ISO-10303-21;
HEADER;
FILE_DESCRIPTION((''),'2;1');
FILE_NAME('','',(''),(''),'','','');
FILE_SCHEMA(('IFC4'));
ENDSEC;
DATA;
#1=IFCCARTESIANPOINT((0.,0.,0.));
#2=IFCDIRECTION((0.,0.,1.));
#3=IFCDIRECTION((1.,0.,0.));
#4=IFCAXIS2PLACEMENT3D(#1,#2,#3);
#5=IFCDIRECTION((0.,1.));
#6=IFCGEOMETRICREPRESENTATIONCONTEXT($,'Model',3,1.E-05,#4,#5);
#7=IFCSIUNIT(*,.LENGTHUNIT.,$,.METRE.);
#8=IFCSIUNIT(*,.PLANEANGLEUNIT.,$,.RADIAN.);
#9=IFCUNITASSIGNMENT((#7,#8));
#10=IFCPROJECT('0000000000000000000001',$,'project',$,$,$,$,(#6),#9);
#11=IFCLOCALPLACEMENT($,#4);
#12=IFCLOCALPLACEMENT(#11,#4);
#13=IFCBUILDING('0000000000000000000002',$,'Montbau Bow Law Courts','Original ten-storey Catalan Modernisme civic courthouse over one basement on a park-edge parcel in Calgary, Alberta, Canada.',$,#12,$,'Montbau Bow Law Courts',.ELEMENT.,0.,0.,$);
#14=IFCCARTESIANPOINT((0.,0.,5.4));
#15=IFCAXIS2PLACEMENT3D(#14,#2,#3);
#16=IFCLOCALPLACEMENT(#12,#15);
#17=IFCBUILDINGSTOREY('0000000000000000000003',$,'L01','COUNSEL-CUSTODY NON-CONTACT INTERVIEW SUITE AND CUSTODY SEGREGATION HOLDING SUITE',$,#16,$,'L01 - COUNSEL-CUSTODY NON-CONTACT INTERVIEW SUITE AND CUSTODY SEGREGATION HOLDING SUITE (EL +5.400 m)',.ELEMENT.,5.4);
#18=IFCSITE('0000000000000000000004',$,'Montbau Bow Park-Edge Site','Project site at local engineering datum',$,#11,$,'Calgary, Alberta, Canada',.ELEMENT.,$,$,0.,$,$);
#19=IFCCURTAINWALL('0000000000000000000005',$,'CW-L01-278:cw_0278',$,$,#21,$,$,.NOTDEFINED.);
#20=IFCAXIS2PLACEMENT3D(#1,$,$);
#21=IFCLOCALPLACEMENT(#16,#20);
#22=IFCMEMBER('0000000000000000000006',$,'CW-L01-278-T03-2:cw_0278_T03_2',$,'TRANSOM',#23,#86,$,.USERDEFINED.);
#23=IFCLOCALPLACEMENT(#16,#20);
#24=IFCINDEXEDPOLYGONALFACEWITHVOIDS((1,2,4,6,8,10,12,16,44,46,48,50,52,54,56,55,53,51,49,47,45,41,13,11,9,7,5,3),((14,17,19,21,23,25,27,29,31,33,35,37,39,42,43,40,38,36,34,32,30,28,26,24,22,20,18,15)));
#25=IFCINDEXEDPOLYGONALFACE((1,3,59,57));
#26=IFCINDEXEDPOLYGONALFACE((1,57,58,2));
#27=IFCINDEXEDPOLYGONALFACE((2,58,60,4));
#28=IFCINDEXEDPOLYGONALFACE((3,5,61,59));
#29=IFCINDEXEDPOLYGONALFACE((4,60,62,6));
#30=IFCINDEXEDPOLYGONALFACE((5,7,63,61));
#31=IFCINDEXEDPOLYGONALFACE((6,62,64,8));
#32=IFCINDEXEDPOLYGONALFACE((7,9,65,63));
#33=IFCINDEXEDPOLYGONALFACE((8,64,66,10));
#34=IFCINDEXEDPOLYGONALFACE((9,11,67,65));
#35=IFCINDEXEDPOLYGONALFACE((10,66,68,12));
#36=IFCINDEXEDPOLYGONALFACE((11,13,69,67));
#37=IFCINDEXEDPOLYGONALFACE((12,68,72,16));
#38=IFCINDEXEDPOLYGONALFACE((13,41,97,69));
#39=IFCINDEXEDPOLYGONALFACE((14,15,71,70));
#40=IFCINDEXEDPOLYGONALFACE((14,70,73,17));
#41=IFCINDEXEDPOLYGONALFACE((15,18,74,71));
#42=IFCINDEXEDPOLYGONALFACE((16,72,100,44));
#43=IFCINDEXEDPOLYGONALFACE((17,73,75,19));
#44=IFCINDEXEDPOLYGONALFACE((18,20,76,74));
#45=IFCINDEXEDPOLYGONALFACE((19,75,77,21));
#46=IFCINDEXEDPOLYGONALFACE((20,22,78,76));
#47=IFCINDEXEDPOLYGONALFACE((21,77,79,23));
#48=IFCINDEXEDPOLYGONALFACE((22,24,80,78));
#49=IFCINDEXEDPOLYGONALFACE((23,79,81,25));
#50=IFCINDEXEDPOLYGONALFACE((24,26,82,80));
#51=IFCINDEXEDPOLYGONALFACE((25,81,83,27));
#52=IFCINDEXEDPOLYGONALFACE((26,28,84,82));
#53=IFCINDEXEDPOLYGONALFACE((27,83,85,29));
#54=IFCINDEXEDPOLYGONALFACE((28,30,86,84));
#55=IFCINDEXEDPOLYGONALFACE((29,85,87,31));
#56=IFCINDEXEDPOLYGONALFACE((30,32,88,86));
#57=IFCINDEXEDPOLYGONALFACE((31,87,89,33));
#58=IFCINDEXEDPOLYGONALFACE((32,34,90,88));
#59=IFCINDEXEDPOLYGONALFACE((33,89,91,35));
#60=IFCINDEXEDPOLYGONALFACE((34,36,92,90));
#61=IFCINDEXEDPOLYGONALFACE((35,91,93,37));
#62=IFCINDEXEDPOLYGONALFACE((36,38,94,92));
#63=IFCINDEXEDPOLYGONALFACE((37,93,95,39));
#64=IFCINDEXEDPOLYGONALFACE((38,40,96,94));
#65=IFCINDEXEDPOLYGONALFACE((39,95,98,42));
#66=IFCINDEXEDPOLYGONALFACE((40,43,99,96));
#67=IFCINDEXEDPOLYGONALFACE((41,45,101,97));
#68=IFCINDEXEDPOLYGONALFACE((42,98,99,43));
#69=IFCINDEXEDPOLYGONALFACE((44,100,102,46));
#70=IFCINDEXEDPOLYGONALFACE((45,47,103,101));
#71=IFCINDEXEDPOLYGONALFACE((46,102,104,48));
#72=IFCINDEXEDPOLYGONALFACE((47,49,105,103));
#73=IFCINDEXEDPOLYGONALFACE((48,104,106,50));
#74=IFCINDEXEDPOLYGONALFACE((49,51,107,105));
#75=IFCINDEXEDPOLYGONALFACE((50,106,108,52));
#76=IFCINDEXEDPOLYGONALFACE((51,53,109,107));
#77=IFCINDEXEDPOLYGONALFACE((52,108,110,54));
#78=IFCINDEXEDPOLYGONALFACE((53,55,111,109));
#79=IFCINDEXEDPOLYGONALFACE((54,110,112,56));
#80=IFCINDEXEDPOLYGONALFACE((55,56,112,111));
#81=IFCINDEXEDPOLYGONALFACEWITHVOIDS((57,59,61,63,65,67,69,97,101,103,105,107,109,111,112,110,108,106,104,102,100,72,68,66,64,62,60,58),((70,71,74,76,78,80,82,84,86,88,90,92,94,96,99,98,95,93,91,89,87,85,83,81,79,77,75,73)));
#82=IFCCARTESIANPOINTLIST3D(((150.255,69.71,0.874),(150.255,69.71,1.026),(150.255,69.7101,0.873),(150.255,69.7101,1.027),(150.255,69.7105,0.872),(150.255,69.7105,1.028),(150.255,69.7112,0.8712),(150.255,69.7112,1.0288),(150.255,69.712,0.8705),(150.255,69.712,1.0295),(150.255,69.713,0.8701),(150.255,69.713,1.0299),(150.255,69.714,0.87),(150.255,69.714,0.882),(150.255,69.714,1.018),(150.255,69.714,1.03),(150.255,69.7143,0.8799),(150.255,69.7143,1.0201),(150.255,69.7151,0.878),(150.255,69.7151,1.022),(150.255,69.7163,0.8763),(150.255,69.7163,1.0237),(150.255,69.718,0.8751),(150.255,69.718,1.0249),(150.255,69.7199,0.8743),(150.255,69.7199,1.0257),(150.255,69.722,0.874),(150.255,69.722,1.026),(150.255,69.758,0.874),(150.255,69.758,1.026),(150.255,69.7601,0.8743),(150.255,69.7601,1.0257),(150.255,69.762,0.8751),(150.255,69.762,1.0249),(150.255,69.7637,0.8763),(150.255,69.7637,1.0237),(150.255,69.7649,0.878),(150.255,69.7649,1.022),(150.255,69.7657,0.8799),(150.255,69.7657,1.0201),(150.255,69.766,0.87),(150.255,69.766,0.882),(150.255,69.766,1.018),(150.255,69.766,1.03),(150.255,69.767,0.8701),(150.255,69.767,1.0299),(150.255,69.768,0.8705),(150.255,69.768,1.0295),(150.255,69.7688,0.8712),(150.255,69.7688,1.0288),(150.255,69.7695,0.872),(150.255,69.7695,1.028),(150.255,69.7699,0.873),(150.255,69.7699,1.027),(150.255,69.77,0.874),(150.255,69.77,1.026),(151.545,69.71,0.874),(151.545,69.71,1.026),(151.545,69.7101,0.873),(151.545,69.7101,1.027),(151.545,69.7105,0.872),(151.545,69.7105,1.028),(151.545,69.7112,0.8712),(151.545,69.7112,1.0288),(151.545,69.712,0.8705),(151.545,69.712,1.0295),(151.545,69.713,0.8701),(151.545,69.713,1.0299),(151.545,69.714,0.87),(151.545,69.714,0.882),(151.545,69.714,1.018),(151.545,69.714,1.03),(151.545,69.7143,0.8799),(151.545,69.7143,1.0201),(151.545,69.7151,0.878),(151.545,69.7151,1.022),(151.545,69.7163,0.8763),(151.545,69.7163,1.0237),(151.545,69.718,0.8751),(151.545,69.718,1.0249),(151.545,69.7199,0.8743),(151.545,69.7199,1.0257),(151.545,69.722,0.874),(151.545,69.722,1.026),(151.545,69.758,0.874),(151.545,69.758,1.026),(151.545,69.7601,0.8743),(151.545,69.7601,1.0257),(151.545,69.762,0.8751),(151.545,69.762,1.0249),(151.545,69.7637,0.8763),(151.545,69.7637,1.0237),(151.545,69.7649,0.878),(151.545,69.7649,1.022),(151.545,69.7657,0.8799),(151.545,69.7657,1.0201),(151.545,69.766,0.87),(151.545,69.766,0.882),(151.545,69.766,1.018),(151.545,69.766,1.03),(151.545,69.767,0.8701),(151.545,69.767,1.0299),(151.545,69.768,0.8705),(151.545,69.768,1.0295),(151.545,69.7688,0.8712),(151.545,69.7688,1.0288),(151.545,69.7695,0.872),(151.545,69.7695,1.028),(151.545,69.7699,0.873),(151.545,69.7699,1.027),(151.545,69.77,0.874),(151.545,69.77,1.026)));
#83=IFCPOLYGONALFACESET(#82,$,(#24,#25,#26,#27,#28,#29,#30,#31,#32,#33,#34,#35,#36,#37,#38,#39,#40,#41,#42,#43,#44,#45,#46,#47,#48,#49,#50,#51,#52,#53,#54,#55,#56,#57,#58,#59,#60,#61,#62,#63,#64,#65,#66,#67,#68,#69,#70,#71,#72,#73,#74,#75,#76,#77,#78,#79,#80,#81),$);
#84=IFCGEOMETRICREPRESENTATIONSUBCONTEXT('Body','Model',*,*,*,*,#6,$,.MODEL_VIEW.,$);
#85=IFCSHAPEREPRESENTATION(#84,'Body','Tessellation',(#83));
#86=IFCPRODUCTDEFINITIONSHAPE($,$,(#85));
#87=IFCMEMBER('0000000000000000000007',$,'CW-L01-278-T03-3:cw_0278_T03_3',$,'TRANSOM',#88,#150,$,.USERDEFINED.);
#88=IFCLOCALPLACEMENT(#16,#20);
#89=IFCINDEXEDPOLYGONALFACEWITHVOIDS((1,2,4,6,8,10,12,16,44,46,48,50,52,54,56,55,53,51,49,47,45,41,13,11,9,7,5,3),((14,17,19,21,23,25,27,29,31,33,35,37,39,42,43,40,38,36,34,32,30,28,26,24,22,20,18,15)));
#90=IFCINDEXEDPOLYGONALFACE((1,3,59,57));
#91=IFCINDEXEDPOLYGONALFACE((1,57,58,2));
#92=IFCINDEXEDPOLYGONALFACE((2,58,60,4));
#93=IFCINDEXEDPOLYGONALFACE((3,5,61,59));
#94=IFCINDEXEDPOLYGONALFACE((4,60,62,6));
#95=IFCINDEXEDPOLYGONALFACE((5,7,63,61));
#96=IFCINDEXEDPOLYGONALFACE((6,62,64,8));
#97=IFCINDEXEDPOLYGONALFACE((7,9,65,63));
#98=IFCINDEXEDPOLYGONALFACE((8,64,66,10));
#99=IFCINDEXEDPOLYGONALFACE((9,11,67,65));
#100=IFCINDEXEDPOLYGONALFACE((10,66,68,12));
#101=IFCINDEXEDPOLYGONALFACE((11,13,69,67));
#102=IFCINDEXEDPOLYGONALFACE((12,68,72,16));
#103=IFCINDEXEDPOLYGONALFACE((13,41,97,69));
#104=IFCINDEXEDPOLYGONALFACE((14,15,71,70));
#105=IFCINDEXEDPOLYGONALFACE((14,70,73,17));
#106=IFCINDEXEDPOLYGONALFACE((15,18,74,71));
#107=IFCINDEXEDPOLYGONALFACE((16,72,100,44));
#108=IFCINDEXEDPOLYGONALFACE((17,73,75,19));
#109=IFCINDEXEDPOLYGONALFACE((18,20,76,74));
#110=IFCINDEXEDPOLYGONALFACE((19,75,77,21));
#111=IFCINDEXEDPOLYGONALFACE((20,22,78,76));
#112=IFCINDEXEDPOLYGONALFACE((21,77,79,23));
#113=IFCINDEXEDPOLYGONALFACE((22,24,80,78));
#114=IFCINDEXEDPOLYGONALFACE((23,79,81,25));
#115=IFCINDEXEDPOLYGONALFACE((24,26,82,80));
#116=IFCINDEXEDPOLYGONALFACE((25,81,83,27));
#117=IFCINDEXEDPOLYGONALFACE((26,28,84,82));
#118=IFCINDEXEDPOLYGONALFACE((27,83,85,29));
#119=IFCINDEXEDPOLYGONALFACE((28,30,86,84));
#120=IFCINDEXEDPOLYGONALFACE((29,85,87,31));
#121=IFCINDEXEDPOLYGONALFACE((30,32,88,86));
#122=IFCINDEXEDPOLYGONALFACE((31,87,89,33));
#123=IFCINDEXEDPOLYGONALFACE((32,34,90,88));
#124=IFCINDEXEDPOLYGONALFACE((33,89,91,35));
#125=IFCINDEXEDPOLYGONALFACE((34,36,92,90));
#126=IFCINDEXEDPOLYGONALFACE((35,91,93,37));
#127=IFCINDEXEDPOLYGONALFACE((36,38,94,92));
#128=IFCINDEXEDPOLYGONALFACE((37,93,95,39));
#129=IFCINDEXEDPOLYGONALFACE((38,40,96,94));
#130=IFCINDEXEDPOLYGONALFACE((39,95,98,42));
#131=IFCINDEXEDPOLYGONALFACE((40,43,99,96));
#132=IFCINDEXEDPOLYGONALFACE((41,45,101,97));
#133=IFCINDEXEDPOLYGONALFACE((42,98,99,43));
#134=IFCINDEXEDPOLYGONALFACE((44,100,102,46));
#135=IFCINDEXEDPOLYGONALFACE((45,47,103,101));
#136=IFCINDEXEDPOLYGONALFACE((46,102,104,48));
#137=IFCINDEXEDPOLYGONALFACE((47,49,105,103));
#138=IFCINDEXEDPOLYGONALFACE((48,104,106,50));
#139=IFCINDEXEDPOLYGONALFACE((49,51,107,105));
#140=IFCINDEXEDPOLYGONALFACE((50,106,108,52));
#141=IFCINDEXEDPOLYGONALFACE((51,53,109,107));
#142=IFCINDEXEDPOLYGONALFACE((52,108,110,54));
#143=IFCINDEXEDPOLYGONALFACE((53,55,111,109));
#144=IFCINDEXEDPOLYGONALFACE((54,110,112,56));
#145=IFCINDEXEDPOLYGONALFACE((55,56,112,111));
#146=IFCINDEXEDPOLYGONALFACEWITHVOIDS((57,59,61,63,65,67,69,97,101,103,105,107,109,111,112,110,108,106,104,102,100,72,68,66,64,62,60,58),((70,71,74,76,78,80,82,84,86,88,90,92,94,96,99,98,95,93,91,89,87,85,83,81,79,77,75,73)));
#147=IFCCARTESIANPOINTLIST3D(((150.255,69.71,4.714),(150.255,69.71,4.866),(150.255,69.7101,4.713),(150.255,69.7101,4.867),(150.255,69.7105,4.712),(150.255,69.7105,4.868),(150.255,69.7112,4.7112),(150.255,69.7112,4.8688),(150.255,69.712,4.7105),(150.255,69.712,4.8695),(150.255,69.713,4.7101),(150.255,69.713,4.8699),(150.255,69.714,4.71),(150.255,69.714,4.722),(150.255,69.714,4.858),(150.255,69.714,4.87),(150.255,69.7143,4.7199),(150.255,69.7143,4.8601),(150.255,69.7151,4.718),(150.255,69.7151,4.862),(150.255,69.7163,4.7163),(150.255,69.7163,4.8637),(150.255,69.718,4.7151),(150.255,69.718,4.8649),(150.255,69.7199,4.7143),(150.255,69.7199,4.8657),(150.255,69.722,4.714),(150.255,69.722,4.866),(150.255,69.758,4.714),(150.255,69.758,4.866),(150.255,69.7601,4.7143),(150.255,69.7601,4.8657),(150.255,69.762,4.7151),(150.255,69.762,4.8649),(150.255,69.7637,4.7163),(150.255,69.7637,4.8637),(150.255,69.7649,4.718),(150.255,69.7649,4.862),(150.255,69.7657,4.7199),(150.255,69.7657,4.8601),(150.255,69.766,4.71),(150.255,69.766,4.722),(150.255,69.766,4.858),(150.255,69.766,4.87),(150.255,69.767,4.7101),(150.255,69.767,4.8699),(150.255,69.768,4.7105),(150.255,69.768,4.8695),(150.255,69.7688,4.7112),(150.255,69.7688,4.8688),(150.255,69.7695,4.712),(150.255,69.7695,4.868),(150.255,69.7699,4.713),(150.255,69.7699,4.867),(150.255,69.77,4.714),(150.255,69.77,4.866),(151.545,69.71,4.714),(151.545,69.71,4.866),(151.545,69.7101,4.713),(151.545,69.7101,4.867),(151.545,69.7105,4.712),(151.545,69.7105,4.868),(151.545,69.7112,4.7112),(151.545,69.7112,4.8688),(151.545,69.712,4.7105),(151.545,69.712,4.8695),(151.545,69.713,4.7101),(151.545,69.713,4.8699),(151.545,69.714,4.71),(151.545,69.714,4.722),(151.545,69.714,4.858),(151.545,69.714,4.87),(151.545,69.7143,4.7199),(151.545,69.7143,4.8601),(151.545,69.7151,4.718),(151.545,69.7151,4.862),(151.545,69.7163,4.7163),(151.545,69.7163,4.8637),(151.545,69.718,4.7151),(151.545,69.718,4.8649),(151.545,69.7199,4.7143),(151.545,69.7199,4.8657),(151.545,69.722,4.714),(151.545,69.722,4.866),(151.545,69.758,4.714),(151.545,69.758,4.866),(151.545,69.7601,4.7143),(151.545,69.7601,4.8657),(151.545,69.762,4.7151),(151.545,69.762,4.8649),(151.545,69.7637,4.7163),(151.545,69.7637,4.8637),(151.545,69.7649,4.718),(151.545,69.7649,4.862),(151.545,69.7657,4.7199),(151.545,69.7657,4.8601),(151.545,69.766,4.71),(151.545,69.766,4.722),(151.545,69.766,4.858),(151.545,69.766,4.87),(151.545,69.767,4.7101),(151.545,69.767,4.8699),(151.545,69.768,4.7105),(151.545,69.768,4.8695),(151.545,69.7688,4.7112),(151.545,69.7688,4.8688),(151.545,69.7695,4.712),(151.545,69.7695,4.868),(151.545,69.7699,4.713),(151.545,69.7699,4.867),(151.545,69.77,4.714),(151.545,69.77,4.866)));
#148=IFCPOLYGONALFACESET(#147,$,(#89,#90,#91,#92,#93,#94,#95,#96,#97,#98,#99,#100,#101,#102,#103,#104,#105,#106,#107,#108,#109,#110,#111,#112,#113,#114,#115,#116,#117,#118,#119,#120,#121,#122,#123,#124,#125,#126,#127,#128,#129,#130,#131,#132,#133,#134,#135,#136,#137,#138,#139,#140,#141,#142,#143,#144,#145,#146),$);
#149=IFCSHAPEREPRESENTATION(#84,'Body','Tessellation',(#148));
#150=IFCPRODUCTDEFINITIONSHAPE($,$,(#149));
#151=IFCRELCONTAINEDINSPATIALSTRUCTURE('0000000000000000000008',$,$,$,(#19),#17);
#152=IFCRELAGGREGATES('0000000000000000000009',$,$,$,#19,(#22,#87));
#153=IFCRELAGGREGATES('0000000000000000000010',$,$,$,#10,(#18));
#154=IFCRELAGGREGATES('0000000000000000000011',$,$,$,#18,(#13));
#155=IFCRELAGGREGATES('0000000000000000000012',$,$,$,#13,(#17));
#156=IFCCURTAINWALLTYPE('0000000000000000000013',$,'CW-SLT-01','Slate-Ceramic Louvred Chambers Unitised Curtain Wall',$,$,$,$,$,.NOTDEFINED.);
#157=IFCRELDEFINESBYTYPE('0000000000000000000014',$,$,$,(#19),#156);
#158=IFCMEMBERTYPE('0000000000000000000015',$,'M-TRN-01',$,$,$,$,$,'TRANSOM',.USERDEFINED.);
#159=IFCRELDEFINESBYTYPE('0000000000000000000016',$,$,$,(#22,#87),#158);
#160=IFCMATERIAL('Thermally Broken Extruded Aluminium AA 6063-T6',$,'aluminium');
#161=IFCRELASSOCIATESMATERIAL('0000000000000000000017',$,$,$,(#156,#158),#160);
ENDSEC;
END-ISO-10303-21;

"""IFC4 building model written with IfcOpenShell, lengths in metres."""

from ifc_helpers import new_model, si_unit, direction, frame, origin_with_axes, origin_2d_with_axis, place, context, subcontext, project, spatial, hollow_rectangle, extrude, material, material_profile, profile_set, type_object, element, aggregate, save


model = new_model("IFC4")

# Units and contexts
model_context = context("Model", 3, precision=1e-05, world=origin_with_axes(), true_north=direction((0.0, 1.0)))
body_context = subcontext(model_context, "Body", "Model", "MODEL_VIEW")
ifc_project = project(units=[si_unit("LENGTHUNIT", "METRE"), si_unit("PLANEANGLEUNIT", "RADIAN")], contexts=[model_context])

# Site, building, storey
site_placement = place(None, origin_with_axes())
site = spatial("IfcSite", under=ifc_project, at=site_placement, Name="Montbau Bow Park-Edge Site", Description="Project site at local engineering datum", LongName="Calgary, Alberta, Canada", CompositionType="ELEMENT", RefElevation=0.0)
building_placement = place(site_placement, origin_with_axes())
building = spatial("IfcBuilding", under=site, at=building_placement, Name="Montbau Bow Law Courts", Description="Original ten-storey Catalan Modernisme civic courthouse over one basement on a park-edge parcel in Calgary, Alberta, Canada.", LongName="Montbau Bow Law Courts", CompositionType="ELEMENT", ElevationOfRefHeight=0.0, ElevationOfTerrain=0.0)
storey_placement = place(building_placement, frame((0.0, 0.0, 5.4), z_axis=(0.0, 0.0, 1.0), x_axis=(1.0, 0.0, 0.0)))
storey = spatial("IfcBuildingStorey", under=building, at=storey_placement, Name="L01", Description="COUNSEL-CUSTODY NON-CONTACT INTERVIEW SUITE AND CUSTODY SEGREGATION HOLDING SUITE", LongName="L01 - COUNSEL-CUSTODY NON-CONTACT INTERVIEW SUITE AND CUSTODY SEGREGATION HOLDING SUITE (EL +5.400 m)", CompositionType="ELEMENT", Elevation=5.4)

# Curtain wall, members
ifc_material_1 = material(Name="Thermally Broken Extruded Aluminium AA 6063-T6", Category="aluminium")
curtain_wall_type = type_object("IfcCurtainWallType", Name="CW-SLT-01", Description="Slate-Ceramic Louvred Chambers Unitised Curtain Wall", PredefinedType="NOTDEFINED", material=ifc_material_1)
curtain_wall_placement = place(None, frame((147.515, 69.74, 5.4), z_axis=(0.0, 0.0, 1.0), x_axis=(1.0, 0.0, 0.0)))
curtain_wall = element("IfcCurtainWall", 1, at=curtain_wall_placement, inside=storey, type_object=curtain_wall_type, Name="CW-L01-278:cw_0278", PredefinedType="NOTDEFINED")
ifc_material_profile_1 = material_profile(ifc_material_1, hollow_rectangle(XDim=0.06, YDim=0.16, WallThickness=0.004, InnerFilletRadius=0.008, OuterFilletRadius=0.004, at=origin_2d_with_axis()), Name="CWT-160X60", Category="Main", Priority=0)
ifc_profile_set_1 = profile_set([ifc_material_profile_1], Name="Thermally Broken Extruded Aluminium AA 6063-T6")
member_type_1 = type_object("IfcMemberType", Name="M-TRN-01", ElementType="TRANSOM", PredefinedType="USERDEFINED", material=ifc_profile_set_1)
member_1_placement = place(None, frame((150.255, 69.74, 6.35), z_axis=(1.0, 0.0, 0.0), x_axis=(0.0, 1.0, 0.0)))
member_1 = element("IfcMember", 2, at=member_1_placement, type_object=member_type_1, Name="CW-L01-278-T03-2:cw_0278_T03_2", ObjectType="TRANSOM", PredefinedType="USERDEFINED", context=body_context, shape_type="SweptSolid", body=[
    extrude(hollow_rectangle(XDim=0.06, YDim=0.16, WallThickness=0.004, InnerFilletRadius=0.008, OuterFilletRadius=0.004, at=origin_2d_with_axis()), origin_with_axes(), (0.0, 0.0, 1.0), 1.29),
])
member_2_placement = place(None, frame((150.255, 69.74, 10.19), z_axis=(1.0, 0.0, 0.0), x_axis=(0.0, 1.0, 0.0)))
member_2 = element("IfcMember", 3, at=member_2_placement, type_object=member_type_1, Name="CW-L01-278-T03-3:cw_0278_T03_3", ObjectType="TRANSOM", PredefinedType="USERDEFINED", context=body_context, shape_type="SweptSolid", body=[
    extrude(hollow_rectangle(XDim=0.06, YDim=0.16, WallThickness=0.004, InnerFilletRadius=0.008, OuterFilletRadius=0.004, at=origin_2d_with_axis()), origin_with_axes(), (0.0, 0.0, 1.0), 1.29),
])
aggregate(curtain_wall, [member_1, member_2])

save(model, "model.ifc")
